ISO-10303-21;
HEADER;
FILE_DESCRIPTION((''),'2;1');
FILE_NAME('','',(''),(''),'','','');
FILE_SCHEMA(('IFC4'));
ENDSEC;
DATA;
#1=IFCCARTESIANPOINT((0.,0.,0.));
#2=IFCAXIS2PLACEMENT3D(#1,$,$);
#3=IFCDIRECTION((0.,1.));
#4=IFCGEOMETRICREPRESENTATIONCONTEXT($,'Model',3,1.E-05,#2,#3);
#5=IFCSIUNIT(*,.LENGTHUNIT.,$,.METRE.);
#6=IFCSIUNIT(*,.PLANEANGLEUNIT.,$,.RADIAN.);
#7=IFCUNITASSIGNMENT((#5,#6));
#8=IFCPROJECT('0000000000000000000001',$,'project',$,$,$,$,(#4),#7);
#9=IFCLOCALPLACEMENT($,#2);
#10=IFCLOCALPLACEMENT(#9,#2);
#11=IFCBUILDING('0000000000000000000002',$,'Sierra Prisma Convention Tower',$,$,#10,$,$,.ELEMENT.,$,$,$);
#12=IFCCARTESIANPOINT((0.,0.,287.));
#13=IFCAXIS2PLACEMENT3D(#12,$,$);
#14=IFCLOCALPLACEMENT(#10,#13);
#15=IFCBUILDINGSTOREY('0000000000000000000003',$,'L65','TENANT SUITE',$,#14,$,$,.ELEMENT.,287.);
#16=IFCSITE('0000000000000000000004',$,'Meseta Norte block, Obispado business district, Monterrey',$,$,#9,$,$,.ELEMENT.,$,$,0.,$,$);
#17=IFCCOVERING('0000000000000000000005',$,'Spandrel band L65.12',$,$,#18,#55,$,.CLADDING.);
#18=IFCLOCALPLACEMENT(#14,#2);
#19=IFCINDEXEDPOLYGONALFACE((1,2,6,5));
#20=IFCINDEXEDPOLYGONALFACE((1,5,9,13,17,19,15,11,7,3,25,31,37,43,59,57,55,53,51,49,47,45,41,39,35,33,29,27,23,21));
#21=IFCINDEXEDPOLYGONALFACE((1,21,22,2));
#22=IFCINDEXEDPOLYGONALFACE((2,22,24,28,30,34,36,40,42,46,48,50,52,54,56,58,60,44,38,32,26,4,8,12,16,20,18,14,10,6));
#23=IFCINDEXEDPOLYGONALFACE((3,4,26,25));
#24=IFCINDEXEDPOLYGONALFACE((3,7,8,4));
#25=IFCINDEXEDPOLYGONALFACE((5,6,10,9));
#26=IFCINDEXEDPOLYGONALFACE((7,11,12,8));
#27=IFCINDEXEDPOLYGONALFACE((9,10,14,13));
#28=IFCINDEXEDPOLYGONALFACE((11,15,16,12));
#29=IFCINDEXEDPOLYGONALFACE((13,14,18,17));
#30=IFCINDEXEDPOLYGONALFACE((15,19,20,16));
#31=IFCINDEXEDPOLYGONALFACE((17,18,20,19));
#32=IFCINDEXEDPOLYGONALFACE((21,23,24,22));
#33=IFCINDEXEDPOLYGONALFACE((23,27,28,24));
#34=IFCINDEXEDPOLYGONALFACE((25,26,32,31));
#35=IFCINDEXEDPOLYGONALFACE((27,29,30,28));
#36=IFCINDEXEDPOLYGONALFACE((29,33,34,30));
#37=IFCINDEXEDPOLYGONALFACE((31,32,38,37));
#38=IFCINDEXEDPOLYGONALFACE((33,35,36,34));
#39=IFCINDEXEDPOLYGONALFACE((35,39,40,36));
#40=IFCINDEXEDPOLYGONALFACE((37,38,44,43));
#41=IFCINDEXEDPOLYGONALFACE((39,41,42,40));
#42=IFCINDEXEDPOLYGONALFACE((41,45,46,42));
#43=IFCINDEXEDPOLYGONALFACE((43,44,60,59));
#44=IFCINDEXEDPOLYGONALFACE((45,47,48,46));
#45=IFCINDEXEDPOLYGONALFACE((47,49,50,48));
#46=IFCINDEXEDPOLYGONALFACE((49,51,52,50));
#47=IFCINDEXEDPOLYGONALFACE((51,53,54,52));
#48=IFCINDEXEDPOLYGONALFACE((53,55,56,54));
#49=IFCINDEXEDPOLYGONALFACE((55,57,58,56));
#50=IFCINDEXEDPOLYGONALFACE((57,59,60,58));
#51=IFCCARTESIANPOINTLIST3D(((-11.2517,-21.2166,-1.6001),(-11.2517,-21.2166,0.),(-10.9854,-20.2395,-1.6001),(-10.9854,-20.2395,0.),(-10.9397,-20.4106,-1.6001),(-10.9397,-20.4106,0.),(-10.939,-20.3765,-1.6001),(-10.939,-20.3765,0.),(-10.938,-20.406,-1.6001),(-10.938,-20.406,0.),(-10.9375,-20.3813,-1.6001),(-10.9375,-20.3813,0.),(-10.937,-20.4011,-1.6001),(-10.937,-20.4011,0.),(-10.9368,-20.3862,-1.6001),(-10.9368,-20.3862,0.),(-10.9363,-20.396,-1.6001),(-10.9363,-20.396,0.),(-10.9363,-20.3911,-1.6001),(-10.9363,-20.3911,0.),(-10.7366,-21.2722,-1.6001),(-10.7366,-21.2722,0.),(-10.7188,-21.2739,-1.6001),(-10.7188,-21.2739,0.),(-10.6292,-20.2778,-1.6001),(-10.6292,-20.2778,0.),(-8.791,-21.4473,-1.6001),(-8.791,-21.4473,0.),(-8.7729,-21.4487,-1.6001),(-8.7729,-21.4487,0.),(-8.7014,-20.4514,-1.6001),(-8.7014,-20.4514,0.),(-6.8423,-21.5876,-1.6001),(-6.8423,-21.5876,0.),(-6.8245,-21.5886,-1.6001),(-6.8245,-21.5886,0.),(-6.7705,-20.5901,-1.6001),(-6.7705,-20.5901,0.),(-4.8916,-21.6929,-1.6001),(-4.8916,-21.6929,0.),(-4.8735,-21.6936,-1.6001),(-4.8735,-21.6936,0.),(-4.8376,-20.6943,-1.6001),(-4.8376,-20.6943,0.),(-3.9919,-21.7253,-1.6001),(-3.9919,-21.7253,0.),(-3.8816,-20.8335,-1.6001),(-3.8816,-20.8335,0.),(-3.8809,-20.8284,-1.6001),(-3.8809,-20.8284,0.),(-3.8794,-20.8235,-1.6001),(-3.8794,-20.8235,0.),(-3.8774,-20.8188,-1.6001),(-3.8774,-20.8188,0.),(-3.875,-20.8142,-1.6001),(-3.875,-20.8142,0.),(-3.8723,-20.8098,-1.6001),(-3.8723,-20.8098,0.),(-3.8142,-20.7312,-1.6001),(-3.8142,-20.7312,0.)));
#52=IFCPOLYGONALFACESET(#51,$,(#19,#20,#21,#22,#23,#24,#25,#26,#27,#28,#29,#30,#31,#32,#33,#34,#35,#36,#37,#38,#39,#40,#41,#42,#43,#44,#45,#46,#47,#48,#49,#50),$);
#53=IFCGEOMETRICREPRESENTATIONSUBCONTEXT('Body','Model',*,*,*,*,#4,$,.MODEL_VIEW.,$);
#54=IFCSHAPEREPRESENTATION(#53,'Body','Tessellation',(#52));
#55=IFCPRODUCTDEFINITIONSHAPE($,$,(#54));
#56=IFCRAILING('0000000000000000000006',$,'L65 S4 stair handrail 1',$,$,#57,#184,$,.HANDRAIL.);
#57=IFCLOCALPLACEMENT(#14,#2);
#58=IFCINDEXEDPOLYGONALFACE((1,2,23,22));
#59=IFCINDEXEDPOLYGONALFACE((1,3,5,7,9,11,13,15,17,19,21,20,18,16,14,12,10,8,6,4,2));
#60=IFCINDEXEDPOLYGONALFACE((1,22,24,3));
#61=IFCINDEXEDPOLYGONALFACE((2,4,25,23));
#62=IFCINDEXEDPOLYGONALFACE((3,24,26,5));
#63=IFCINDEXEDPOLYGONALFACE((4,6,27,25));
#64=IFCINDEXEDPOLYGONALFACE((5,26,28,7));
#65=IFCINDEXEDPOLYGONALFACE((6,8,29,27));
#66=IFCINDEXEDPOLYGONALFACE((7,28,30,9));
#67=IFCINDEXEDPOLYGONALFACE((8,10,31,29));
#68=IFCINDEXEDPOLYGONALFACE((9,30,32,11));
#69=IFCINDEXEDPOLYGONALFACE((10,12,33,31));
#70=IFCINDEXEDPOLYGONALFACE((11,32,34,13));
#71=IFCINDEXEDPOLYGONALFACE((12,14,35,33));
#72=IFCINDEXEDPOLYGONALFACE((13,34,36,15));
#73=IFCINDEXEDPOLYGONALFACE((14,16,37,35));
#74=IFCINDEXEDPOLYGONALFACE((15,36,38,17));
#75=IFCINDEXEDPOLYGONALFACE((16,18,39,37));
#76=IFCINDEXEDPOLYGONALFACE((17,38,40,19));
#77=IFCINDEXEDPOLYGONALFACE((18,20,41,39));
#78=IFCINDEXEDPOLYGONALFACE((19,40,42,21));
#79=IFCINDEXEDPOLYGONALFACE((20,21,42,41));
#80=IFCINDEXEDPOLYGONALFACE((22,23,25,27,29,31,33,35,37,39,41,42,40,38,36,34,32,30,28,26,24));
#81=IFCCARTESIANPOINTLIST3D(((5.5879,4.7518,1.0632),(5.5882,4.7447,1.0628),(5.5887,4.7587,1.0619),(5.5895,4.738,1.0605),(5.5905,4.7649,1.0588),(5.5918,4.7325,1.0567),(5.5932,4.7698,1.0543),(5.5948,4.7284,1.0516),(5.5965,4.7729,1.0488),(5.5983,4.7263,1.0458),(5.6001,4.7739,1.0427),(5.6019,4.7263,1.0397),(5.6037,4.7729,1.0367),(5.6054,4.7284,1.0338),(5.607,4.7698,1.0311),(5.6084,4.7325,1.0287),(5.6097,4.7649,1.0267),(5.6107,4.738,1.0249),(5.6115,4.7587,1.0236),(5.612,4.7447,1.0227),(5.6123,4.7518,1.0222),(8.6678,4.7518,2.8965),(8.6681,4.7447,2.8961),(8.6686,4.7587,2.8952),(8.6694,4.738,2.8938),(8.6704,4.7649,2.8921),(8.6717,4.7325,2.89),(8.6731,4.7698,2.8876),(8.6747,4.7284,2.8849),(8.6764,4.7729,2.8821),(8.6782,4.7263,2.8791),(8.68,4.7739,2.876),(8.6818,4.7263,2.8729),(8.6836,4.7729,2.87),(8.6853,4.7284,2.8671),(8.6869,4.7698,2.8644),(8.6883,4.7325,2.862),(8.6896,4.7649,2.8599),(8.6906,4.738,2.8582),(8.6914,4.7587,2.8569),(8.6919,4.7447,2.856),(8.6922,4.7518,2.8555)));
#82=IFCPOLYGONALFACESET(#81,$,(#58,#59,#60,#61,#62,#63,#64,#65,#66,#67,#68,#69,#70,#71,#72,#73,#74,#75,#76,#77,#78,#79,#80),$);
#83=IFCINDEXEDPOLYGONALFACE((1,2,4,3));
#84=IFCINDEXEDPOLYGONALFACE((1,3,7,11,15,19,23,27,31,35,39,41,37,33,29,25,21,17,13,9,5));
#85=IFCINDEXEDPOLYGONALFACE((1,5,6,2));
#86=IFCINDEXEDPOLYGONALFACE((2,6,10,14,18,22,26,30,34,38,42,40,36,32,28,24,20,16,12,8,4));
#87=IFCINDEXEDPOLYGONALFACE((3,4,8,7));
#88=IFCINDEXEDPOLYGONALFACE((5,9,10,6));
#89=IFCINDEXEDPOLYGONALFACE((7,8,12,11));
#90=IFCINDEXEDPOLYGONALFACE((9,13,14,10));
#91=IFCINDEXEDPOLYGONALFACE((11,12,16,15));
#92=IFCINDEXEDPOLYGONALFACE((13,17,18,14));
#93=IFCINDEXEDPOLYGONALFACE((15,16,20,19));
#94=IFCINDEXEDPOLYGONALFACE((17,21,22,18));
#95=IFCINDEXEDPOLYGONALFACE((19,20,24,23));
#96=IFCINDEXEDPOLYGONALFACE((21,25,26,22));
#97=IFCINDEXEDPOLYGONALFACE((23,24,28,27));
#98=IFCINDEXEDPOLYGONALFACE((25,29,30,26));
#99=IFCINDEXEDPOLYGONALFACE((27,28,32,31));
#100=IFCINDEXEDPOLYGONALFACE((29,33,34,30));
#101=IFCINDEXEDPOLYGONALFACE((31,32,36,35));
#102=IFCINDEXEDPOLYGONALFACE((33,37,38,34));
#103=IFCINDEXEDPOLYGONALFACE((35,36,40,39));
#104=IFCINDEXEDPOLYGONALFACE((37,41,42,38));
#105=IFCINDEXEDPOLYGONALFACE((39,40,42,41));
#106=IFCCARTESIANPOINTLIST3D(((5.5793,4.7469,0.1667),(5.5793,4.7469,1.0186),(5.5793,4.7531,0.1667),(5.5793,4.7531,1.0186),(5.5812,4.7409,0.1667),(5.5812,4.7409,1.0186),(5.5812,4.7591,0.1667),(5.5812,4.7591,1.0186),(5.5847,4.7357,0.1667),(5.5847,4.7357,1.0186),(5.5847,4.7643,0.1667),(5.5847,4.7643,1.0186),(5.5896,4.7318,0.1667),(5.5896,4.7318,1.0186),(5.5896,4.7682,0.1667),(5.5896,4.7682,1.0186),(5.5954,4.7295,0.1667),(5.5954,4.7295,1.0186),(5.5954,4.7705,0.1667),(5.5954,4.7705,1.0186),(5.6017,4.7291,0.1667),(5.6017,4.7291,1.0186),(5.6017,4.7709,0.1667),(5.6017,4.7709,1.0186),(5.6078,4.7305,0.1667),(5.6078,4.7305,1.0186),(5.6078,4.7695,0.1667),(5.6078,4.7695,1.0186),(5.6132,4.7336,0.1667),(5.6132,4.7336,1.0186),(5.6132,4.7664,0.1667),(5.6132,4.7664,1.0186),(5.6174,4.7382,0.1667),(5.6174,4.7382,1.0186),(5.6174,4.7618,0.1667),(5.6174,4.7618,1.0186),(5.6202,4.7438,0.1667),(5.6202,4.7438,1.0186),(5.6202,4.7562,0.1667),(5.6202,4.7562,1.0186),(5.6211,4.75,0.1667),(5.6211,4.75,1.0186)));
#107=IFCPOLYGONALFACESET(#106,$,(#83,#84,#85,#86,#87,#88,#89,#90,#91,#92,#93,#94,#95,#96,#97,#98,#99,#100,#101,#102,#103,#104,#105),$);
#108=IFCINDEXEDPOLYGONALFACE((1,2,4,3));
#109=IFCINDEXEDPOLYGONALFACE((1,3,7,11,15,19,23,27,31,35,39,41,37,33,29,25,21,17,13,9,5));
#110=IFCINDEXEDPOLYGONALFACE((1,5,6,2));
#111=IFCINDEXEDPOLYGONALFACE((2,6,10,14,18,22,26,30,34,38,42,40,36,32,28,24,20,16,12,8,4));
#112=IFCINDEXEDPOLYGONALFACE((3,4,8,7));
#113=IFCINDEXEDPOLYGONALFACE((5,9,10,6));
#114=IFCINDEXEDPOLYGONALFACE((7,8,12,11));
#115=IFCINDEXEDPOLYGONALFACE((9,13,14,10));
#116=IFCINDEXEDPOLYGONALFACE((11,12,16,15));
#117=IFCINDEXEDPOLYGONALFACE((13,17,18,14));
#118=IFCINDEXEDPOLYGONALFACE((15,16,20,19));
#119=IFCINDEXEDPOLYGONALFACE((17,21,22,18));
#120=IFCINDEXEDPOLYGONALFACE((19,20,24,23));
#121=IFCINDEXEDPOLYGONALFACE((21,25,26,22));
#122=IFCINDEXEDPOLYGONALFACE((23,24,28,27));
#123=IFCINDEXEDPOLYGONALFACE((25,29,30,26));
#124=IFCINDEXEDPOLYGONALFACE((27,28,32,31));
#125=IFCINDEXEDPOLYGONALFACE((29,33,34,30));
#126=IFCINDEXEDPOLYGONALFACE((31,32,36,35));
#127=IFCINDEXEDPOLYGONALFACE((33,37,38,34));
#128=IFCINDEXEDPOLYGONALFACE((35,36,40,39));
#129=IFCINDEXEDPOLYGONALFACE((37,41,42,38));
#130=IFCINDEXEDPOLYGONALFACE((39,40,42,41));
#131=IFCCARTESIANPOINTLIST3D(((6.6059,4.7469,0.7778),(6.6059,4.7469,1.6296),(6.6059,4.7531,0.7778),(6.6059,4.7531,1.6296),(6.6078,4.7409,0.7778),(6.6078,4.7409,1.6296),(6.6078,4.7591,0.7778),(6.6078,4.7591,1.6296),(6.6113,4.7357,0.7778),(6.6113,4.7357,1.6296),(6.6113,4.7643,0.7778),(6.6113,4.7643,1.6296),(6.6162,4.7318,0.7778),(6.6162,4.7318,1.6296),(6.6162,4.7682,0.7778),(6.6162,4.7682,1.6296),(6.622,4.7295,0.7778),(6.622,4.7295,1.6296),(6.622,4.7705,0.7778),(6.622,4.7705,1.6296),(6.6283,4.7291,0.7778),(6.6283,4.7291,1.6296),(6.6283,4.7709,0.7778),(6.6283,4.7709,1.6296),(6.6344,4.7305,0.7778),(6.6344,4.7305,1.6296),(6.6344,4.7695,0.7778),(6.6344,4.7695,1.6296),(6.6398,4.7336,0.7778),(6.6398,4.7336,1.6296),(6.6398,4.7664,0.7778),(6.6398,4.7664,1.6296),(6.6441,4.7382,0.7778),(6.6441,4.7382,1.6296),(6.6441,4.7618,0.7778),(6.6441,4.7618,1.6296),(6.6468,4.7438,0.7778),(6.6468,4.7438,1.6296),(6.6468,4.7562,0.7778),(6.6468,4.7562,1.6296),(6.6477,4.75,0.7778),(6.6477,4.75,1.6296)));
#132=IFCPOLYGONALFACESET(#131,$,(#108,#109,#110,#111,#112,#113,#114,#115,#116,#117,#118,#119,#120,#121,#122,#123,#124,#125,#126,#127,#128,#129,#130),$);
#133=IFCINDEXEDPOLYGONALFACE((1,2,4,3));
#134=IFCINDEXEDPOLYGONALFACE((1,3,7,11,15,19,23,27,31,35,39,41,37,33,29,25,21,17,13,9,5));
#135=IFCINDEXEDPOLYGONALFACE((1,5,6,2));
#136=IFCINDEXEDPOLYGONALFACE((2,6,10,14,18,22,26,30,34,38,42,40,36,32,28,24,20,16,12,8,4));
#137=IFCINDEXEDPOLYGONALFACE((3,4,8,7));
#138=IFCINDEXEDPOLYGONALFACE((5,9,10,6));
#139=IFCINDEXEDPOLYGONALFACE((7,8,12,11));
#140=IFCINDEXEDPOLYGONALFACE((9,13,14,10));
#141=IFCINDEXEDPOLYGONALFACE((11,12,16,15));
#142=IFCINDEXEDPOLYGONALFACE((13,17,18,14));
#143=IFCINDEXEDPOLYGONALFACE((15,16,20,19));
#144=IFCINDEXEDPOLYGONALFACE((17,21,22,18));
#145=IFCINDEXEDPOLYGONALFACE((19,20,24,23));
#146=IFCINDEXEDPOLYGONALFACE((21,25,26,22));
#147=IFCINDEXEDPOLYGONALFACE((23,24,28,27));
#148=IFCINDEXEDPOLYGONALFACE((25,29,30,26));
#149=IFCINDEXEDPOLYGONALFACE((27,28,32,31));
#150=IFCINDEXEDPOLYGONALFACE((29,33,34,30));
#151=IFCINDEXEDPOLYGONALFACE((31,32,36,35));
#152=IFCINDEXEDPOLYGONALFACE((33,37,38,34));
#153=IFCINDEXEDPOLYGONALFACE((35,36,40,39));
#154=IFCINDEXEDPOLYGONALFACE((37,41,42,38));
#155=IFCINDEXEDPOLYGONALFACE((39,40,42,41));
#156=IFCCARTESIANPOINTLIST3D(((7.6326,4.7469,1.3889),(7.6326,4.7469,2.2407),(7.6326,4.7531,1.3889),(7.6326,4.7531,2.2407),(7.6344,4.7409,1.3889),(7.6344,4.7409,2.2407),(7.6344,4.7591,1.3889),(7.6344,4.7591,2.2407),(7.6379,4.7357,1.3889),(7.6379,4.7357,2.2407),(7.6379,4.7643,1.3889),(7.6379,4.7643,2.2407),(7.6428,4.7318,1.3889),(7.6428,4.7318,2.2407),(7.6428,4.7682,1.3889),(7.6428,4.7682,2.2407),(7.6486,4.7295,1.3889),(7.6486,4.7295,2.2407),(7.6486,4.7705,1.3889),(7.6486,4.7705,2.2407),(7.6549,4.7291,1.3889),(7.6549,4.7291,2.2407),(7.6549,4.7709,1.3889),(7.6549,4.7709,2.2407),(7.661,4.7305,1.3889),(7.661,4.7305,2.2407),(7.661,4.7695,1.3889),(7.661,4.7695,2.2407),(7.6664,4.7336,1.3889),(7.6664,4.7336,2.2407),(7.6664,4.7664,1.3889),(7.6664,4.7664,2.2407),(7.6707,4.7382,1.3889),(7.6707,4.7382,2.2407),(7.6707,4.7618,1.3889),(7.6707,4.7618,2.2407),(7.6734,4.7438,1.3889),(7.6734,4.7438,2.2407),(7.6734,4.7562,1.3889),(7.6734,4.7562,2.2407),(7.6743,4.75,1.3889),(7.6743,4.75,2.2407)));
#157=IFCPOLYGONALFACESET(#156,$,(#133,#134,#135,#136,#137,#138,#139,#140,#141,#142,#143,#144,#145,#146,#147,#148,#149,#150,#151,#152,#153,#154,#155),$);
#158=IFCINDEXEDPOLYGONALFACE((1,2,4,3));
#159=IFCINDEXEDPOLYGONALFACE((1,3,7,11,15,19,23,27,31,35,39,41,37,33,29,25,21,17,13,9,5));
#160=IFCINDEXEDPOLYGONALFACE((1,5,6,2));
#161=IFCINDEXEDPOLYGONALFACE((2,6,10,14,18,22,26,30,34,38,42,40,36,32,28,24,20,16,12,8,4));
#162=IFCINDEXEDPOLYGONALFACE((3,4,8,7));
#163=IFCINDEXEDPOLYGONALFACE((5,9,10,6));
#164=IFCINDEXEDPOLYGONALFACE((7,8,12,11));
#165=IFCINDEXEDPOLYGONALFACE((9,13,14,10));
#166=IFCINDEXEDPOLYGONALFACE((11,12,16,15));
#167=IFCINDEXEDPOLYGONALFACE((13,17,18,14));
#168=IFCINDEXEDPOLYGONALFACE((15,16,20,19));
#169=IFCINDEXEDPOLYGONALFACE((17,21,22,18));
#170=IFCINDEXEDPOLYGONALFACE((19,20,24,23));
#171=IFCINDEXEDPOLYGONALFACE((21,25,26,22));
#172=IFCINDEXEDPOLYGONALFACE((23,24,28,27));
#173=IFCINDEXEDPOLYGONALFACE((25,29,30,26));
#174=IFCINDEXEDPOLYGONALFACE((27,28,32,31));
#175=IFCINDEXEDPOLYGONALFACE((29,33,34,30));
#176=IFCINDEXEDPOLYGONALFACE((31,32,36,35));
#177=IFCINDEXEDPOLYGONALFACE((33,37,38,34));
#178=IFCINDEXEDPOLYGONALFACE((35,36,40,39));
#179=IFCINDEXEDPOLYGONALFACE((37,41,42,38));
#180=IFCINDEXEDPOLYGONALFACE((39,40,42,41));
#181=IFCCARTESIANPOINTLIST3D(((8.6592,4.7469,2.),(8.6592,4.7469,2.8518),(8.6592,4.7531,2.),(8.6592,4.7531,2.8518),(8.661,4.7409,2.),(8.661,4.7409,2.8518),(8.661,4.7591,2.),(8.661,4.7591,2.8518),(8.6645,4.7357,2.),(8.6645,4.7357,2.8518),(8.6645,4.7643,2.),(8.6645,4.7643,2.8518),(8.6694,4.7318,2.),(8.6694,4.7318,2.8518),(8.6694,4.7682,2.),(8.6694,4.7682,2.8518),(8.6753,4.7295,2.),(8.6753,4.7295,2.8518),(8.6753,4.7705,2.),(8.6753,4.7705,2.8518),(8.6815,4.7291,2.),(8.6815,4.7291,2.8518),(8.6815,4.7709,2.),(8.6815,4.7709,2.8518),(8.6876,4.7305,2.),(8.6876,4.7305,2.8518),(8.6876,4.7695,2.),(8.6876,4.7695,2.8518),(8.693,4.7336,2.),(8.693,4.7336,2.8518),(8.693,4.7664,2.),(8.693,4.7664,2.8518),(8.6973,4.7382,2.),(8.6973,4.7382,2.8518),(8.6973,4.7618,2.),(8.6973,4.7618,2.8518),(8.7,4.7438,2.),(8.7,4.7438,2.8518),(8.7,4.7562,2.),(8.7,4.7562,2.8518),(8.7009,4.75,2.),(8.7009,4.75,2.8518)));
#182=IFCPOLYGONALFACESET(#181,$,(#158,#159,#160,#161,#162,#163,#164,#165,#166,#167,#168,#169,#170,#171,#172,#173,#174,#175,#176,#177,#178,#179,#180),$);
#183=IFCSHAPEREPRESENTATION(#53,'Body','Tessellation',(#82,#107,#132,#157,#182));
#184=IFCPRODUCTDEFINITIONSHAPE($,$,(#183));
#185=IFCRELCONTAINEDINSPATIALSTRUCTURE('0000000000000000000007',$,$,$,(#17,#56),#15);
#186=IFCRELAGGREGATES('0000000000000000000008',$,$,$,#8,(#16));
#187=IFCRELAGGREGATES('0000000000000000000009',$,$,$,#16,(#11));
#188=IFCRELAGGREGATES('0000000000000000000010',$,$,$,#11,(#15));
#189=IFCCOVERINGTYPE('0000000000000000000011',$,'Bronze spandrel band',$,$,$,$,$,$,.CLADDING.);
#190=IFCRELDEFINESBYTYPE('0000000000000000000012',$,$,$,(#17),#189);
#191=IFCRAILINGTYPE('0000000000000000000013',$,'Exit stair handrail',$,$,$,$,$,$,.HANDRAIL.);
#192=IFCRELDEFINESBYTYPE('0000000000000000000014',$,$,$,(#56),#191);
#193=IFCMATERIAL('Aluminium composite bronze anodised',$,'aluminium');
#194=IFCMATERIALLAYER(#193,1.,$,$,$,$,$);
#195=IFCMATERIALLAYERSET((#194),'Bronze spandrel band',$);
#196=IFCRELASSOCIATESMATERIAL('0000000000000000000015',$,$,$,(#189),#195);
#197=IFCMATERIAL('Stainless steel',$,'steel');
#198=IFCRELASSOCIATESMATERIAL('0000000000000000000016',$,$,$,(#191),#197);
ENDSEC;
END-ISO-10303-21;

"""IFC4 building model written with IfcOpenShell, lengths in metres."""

from ifc_helpers import new_model, si_unit, direction, frame, origin, origin_2d, place, context, subcontext, project, spatial, polyline, circle, outline, extrude, material, layer, layer_set, type_object, element, save


model = new_model("IFC4")

# Units and contexts
model_context = context("Model", 3, precision=1e-05, world=origin(), true_north=direction((0.0, 1.0)))
body_context = subcontext(model_context, "Body", "Model", "MODEL_VIEW")
ifc_project = project(units=[si_unit("LENGTHUNIT", "METRE"), si_unit("PLANEANGLEUNIT", "RADIAN")], contexts=[model_context])

# Site, building, storey
site_placement = place(None, origin())
site = spatial("IfcSite", under=ifc_project, at=site_placement, Name="Meseta Norte block, Obispado business district, Monterrey", CompositionType="ELEMENT", RefElevation=0.0)
building_placement = place(site_placement, origin())
building = spatial("IfcBuilding", under=site, at=building_placement, Name="Sierra Prisma Convention Tower", CompositionType="ELEMENT")
storey_placement = place(building_placement, frame((0.0, 0.0, 287.0)))
storey = spatial("IfcBuildingStorey", under=building, at=storey_placement, Name="L65", Description="TENANT SUITE", CompositionType="ELEMENT", Elevation=287.0)

# Covering
ifc_material_1 = material(Name="Aluminium composite bronze anodised", Category="aluminium")
ifc_layer_1 = layer(ifc_material_1, 1.0)
ifc_layer_set_1 = layer_set([ifc_layer_1], Name="Bronze spandrel band")
covering_type_1 = type_object("IfcCoveringType", Name="Bronze spandrel band", PredefinedType="CLADDING", material=ifc_layer_set_1)
covering_1_placement = place(storey_placement, frame((0.0, 0.0, -1.6001)))
element("IfcCovering", 1, at=covering_1_placement, inside=storey, type_object=covering_type_1, Name="Spandrel band L65.12", PredefinedType="CLADDING", context=body_context, shape_type="SweptSolid", body=[
    extrude(outline(polyline([(-10.937, -20.4011), (-10.9363, -20.396), (-10.9363, -20.3911), (-10.9368, -20.3862), (-10.9375, -20.3813), (-10.939, -20.3765), (-10.9854, -20.2395), (-10.6292, -20.2778), (-8.7014, -20.4514), (-6.7705, -20.5901), (-4.8376, -20.6943), (-3.8142, -20.7312), (-3.8723, -20.8098), (-3.875, -20.8142), (-3.8774, -20.8188), (-3.8794, -20.8235), (-3.8809, -20.8284), (-3.8816, -20.8335), (-3.9919, -21.7253), (-4.8735, -21.6936), (-4.8916, -21.6929), (-6.8245, -21.5886), (-6.8423, -21.5876), (-8.7729, -21.4487), (-8.791, -21.4473), (-10.7188, -21.2739), (-10.7366, -21.2722), (-11.2517, -21.2166), (-10.9397, -20.4106), (-10.938, -20.406), (-10.937, -20.4011)])), origin(), (0.0, 0.0, 1.0), 1.6001),
])

# Railing
ifc_material_2 = material(Name="Stainless steel", Category="steel")
railing_type_1 = type_object("IfcRailingType", Name="Exit stair handrail", PredefinedType="HANDRAIL", material=ifc_material_2)
railing_1_placement = place(storey_placement, frame((5.6001, 4.75, 0.1667)))
element("IfcRailing", 2, at=railing_1_placement, inside=storey, type_object=railing_type_1, Name="L65 S4 stair handrail 1", PredefinedType="HANDRAIL", context=body_context, shape_type="SweptSolid", body=[
    extrude(circle(Radius=0.0239, at=origin_2d()), frame((0.0, 0.0, 0.876), z_axis=(0.859291, 0.0, 0.511487), x_axis=(0.0, 1.0, 0.0)), (0.0, 0.0, 1.0), 3.5842),
    extrude(circle(Radius=0.021, at=origin_2d()), origin(), (0.0, 0.0, 1.0), 0.8518),
    extrude(circle(Radius=0.021, at=origin_2d()), frame((1.0266, 0.0, 0.6111)), (0.0, 0.0, 1.0), 0.8518),
    extrude(circle(Radius=0.021, at=origin_2d()), frame((2.0532, 0.0, 1.2222)), (0.0, 0.0, 1.0), 0.8518),
    extrude(circle(Radius=0.021, at=origin_2d()), frame((3.0798, 0.0, 1.8333)), (0.0, 0.0, 1.0), 0.8518),
])

save(model, "model.ifc")
